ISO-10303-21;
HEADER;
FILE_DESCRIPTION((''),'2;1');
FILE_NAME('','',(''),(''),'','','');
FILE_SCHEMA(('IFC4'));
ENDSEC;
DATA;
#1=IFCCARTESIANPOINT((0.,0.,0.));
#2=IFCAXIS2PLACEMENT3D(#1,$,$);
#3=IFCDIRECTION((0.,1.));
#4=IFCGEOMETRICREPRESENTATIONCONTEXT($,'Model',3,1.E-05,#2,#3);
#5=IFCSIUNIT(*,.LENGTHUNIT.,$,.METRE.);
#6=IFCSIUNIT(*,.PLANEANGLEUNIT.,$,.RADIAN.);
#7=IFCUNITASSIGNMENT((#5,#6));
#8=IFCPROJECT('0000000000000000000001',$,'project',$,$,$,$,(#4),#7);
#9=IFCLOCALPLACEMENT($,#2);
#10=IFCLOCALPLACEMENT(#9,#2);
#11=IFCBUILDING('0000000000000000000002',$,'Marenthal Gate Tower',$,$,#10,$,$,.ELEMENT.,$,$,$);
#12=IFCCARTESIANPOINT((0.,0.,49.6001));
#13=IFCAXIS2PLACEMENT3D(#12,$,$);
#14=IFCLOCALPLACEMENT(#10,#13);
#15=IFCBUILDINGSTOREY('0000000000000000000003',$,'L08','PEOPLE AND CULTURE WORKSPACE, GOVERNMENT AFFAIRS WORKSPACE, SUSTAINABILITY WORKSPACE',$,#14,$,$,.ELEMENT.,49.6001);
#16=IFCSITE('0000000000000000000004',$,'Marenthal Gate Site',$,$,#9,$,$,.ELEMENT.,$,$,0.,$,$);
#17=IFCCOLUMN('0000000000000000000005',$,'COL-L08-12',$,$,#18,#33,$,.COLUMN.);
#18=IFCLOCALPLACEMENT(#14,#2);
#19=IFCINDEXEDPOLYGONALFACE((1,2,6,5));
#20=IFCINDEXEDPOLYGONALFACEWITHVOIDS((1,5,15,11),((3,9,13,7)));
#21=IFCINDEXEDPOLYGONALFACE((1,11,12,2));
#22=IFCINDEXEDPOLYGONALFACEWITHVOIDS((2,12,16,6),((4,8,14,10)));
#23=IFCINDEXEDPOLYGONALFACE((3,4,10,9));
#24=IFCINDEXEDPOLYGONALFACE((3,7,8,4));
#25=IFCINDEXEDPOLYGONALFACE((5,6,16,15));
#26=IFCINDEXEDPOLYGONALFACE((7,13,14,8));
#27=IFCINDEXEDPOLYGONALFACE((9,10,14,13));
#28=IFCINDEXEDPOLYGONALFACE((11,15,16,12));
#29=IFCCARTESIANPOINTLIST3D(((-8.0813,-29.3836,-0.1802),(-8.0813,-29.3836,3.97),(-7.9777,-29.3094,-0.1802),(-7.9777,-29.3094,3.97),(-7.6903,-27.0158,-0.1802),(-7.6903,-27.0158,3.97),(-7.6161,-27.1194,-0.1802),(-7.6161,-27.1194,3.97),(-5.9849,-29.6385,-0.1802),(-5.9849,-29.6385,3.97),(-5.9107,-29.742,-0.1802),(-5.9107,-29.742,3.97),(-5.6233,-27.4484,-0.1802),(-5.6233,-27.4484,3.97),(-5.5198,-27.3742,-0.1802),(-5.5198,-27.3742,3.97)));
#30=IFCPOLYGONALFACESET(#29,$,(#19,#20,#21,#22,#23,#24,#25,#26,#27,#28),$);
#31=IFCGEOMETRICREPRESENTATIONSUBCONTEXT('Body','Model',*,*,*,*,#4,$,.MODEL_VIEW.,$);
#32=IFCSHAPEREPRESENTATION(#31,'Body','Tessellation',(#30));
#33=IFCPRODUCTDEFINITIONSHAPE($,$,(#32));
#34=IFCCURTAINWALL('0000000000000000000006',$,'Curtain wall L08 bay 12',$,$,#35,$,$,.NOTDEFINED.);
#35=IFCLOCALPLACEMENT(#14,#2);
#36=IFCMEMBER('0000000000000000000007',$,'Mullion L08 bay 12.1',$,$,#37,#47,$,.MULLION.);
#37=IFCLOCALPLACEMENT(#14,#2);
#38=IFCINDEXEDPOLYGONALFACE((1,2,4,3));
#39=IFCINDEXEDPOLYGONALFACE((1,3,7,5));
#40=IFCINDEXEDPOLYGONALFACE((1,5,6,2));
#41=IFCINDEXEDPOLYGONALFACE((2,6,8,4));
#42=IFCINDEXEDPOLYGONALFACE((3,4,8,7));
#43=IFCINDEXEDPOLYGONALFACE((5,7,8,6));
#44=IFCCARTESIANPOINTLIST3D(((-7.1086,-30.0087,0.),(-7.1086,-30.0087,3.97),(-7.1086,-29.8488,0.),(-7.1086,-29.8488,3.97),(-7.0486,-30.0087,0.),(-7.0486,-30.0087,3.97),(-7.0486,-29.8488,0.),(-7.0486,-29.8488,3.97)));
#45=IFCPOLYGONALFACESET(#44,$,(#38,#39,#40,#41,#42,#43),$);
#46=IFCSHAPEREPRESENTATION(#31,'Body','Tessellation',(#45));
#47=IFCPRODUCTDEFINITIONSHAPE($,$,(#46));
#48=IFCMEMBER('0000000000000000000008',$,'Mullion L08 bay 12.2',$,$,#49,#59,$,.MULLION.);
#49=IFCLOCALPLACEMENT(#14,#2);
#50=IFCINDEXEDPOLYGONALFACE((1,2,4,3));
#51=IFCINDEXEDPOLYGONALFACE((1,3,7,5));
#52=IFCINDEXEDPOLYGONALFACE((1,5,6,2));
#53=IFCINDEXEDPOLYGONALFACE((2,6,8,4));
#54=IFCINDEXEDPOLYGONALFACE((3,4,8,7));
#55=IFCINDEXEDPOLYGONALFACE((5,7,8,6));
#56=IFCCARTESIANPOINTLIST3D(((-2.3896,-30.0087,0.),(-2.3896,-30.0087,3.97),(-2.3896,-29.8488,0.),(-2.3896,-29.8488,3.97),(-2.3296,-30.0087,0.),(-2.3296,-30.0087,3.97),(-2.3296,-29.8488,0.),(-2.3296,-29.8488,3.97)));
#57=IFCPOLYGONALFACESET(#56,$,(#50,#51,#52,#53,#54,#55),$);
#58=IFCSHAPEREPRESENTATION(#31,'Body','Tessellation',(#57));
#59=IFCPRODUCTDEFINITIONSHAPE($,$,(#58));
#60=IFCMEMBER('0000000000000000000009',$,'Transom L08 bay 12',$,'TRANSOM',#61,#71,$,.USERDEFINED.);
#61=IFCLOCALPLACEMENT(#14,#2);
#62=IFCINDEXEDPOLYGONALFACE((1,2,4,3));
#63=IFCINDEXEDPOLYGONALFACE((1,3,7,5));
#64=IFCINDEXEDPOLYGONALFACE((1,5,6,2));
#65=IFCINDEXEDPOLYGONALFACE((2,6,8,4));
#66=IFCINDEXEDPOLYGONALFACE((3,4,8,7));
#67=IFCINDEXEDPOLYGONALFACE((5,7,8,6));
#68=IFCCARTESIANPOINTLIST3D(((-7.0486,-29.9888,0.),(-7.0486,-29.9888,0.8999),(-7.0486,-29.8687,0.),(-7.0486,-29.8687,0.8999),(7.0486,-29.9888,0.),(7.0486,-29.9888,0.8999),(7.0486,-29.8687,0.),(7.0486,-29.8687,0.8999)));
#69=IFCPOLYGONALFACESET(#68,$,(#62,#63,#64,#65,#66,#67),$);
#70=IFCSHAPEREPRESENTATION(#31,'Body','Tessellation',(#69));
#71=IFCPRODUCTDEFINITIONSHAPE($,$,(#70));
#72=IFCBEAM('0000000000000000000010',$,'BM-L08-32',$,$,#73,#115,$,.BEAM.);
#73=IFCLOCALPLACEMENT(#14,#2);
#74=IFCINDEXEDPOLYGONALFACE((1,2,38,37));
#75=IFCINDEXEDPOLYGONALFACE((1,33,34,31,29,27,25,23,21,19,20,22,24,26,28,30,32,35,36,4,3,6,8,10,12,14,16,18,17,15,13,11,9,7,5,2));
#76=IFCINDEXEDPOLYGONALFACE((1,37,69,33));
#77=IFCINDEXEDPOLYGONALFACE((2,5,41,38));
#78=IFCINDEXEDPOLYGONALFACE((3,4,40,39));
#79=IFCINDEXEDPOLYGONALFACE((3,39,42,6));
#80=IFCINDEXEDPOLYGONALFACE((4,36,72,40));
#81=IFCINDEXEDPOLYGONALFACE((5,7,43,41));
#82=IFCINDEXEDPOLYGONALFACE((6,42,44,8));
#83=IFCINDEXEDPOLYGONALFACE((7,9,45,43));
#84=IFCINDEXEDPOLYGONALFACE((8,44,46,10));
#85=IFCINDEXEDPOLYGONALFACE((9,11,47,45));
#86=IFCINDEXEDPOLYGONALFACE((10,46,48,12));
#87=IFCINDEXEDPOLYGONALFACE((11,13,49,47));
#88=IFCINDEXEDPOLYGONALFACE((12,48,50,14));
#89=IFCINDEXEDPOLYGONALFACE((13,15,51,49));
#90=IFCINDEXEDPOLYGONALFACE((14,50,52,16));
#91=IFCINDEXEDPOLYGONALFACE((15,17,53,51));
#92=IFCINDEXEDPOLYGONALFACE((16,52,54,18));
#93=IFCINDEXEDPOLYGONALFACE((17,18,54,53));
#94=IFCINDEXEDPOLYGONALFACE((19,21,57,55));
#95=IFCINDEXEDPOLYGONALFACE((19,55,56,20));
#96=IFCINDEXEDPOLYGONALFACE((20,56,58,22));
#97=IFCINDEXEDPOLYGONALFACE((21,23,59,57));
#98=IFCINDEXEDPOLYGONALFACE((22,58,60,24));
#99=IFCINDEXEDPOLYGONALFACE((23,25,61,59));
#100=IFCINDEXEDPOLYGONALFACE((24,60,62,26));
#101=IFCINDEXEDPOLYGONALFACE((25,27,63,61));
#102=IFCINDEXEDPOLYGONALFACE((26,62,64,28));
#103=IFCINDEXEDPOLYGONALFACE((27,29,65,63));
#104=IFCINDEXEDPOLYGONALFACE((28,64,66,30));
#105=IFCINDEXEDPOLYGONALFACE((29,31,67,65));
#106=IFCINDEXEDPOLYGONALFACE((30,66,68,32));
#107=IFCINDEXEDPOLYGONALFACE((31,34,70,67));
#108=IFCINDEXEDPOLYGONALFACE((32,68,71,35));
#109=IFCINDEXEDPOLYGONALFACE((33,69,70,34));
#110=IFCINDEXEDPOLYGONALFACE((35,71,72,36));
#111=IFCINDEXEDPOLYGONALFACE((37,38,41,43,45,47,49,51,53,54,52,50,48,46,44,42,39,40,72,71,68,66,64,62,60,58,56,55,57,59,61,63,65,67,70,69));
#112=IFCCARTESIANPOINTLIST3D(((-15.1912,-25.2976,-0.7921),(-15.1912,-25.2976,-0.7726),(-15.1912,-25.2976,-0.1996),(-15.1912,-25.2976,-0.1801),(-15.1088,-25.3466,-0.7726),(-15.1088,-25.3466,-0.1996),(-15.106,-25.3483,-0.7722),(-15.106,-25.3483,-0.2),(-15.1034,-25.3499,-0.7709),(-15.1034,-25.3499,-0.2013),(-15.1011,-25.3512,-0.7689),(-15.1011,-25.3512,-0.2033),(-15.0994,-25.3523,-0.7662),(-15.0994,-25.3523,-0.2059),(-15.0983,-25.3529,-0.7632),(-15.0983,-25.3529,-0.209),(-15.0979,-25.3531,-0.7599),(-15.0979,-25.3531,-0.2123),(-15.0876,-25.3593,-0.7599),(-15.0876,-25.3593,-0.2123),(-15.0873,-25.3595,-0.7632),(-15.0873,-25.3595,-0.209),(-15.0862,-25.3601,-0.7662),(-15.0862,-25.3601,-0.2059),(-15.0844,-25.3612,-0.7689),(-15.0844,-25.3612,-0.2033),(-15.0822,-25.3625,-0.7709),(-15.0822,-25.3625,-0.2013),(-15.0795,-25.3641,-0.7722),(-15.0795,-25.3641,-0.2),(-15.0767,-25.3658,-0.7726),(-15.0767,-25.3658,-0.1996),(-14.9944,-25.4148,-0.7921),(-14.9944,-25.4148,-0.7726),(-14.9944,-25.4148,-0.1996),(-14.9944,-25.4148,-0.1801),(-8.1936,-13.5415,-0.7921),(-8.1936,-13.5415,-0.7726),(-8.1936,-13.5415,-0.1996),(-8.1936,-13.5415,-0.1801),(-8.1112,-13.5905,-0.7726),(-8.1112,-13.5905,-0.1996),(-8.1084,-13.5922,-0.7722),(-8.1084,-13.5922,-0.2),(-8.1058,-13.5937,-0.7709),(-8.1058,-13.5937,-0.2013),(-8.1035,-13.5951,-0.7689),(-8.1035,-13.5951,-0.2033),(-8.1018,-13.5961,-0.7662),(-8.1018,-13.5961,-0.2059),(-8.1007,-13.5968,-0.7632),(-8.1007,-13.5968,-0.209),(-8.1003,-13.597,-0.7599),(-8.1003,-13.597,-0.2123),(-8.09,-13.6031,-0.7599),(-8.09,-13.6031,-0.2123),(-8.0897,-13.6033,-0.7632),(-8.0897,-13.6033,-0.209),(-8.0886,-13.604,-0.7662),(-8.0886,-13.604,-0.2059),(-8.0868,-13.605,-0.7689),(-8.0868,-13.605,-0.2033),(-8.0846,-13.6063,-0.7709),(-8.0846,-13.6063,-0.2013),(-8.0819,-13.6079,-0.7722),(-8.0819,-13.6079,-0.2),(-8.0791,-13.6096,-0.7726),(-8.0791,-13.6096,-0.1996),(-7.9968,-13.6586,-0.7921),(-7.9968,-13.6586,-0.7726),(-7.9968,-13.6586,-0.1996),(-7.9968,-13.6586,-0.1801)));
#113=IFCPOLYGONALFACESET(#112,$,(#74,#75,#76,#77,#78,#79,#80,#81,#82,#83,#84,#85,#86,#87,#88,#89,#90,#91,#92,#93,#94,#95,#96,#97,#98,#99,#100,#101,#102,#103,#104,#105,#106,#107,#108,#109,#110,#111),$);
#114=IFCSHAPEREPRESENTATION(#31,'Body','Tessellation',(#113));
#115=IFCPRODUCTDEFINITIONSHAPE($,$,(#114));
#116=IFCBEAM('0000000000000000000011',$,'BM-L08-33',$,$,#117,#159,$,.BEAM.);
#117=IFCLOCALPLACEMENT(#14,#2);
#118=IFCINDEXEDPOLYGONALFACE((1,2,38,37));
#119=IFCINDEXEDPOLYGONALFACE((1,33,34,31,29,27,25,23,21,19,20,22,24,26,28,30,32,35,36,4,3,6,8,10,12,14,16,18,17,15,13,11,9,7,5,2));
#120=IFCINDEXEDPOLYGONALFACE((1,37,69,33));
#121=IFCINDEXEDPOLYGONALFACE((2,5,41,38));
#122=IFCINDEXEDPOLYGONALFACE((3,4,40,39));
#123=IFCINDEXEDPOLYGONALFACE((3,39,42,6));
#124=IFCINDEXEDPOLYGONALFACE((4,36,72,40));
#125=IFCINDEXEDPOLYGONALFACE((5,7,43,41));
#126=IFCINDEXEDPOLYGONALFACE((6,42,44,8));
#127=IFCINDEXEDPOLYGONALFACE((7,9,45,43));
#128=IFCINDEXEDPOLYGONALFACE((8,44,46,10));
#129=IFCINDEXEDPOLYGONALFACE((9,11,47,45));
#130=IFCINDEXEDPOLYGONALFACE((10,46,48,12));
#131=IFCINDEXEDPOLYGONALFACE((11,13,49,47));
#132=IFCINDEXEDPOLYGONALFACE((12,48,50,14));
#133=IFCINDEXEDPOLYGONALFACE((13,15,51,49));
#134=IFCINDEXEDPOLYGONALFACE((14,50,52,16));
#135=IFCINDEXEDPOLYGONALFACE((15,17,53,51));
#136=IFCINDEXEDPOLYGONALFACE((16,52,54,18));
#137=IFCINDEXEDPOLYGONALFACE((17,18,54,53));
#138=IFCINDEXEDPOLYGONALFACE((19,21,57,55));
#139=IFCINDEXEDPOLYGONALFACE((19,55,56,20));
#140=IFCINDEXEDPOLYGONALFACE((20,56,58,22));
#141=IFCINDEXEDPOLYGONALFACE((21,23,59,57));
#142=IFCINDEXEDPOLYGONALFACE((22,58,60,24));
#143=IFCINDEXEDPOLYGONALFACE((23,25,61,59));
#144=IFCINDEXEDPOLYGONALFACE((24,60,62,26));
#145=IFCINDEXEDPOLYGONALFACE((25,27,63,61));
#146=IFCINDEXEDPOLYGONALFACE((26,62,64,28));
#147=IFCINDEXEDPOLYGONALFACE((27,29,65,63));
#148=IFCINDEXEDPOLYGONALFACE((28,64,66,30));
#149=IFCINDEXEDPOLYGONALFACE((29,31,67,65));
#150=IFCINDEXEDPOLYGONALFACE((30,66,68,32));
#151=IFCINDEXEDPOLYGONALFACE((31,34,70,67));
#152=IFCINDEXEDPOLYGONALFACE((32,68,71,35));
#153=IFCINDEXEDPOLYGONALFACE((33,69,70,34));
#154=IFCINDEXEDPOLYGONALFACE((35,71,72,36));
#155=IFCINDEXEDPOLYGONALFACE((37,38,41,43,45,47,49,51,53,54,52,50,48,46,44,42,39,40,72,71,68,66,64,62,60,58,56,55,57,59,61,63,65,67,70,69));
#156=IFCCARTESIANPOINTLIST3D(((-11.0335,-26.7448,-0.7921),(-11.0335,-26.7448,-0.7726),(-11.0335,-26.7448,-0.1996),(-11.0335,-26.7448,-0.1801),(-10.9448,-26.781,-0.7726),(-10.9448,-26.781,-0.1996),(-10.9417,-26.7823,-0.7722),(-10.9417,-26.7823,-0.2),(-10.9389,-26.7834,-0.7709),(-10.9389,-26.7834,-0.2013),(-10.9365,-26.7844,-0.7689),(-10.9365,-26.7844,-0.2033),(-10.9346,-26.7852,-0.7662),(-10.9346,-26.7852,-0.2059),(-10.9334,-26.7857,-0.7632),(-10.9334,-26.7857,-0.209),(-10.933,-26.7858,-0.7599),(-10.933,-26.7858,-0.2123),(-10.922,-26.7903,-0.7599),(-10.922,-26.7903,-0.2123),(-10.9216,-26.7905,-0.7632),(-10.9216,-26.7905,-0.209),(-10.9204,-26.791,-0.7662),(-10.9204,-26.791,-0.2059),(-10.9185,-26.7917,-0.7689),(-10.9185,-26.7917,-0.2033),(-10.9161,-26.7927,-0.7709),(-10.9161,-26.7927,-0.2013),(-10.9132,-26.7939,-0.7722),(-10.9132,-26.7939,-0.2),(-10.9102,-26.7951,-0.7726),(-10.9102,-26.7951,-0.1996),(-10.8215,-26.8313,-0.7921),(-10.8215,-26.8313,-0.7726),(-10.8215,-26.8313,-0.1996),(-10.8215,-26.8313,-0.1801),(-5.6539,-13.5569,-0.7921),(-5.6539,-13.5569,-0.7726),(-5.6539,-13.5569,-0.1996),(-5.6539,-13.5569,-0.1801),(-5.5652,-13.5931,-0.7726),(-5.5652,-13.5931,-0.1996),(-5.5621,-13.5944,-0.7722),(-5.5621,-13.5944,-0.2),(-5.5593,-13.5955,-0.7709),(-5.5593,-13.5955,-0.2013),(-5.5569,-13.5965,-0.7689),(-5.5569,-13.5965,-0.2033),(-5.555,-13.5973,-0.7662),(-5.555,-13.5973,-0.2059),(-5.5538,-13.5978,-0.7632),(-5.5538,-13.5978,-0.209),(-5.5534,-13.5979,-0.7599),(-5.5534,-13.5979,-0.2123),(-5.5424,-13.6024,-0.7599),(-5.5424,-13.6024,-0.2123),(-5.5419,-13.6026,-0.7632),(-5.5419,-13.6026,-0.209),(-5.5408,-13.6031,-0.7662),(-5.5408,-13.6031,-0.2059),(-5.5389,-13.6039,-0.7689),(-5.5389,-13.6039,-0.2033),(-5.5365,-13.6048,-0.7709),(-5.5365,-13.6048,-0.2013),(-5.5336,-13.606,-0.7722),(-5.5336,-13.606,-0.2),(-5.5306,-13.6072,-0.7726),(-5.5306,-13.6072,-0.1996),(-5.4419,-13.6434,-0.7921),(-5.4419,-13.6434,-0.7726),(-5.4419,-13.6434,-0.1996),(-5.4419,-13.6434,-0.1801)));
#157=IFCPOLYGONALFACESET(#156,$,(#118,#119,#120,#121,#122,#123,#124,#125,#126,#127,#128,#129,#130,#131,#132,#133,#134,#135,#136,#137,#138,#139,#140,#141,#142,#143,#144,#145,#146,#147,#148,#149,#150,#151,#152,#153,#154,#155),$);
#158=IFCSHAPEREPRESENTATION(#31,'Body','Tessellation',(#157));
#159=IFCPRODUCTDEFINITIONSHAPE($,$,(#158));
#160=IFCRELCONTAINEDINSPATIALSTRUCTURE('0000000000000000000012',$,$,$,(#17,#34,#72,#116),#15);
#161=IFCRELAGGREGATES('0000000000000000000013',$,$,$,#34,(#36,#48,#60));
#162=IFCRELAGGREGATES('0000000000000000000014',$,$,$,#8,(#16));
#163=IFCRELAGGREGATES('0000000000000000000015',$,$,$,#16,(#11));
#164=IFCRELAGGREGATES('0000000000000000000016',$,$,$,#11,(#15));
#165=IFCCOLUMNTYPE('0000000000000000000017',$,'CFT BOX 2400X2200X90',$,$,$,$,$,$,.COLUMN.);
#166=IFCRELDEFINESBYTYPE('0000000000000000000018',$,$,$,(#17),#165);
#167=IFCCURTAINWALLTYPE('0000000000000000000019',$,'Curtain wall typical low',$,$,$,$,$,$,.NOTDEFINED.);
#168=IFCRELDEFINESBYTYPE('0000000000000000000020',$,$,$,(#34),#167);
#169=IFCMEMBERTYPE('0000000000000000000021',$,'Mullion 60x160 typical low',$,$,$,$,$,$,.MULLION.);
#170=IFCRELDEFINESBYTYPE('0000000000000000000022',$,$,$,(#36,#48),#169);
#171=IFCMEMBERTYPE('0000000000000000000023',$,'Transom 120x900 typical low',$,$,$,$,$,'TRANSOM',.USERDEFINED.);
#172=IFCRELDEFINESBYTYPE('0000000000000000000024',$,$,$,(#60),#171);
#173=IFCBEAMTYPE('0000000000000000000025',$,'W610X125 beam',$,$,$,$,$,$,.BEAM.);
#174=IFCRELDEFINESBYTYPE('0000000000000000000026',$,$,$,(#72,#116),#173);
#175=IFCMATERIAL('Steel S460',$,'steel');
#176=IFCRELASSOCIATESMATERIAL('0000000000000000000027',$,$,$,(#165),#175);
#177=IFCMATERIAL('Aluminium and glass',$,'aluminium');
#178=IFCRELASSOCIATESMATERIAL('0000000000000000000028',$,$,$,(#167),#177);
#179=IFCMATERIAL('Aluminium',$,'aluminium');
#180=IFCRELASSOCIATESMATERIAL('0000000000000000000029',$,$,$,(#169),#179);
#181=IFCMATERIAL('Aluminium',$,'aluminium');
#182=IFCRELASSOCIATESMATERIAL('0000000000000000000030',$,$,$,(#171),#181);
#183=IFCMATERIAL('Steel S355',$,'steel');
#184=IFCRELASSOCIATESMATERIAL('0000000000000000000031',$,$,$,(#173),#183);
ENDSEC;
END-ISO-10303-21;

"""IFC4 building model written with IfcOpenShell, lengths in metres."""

from ifc_helpers import new_model, si_unit, direction, frame, origin, origin_2d, place, context, subcontext, project, spatial, rectangle, hollow_rectangle, i_section, extrude, material, material_profile, profile_set, type_object, element, aggregate, save


model = new_model("IFC4")

# Units and contexts
model_context = context("Model", 3, precision=1e-05, world=origin(), true_north=direction((0.0, 1.0)))
body_context = subcontext(model_context, "Body", "Model", "MODEL_VIEW")
ifc_project = project(units=[si_unit("LENGTHUNIT", "METRE"), si_unit("PLANEANGLEUNIT", "RADIAN")], contexts=[model_context])

# Site, building, storey
site_placement = place(None, origin())
site = spatial("IfcSite", under=ifc_project, at=site_placement, Name="Marenthal Gate Site", CompositionType="ELEMENT", RefElevation=0.0)
building_placement = place(site_placement, origin())
building = spatial("IfcBuilding", under=site, at=building_placement, Name="Marenthal Gate Tower", CompositionType="ELEMENT")
storey_placement = place(building_placement, frame((0.0, 0.0, 49.6001)))
storey = spatial("IfcBuildingStorey", under=building, at=storey_placement, Name="L08", Description="PEOPLE AND CULTURE WORKSPACE, GOVERNMENT AFFAIRS WORKSPACE, SUSTAINABILITY WORKSPACE", CompositionType="ELEMENT", Elevation=49.6001)

# Column
ifc_material_1 = material(Name="Steel S460", Category="steel")
ifc_material_profile_1 = material_profile(ifc_material_1, hollow_rectangle(XDim=2.2, YDim=2.3999, WallThickness=0.0901, at=origin_2d()), Name="CFT BOX 2400X2200X90")
ifc_material_2 = material(Name="Concrete 70 MPa", Category="concrete")
ifc_material_profile_2 = material_profile(ifc_material_2, rectangle(XDim=2.02, YDim=2.22, at=origin_2d()), Name="CFT BOX 2400X2200X90 INFILL")
ifc_profile_set_1 = profile_set([ifc_material_profile_1, ifc_material_profile_2], Name="Steel S460 shell, Concrete 70 MPa infill")
column_type = type_object("IfcColumnType", Name="CFT BOX 2400X2200X90", PredefinedType="COLUMN", material=ifc_profile_set_1)
column_placement = place(storey_placement, frame((-6.8005, -28.3789, -0.1802), z_axis=(0.0, 0.0, 1.0), x_axis=(-0.986641, 0.162908, 0.0)))
element("IfcColumn", 1, at=column_placement, inside=storey, type_object=column_type, Name="COL-L08-12", PredefinedType="COLUMN", context=body_context, shape_type="SweptSolid", body=[
    extrude(hollow_rectangle(XDim=2.2, YDim=2.3999, WallThickness=0.0901, at=origin_2d()), origin(), (0.0, 0.0, 1.0), 4.1501),
])

# Curtain wall, members
ifc_material_3 = material(Name="Aluminium and glass", Category="aluminium")
curtain_wall_type = type_object("IfcCurtainWallType", Name="Curtain wall typical low", PredefinedType="NOTDEFINED", material=ifc_material_3)
curtain_wall_placement = place(storey_placement, origin())
curtain_wall = element("IfcCurtainWall", 2, at=curtain_wall_placement, inside=storey, type_object=curtain_wall_type, Name="Curtain wall L08 bay 12", PredefinedType="NOTDEFINED")
ifc_material_4 = material(Name="Aluminium", Category="aluminium")
ifc_material_profile_3 = material_profile(ifc_material_4, rectangle(XDim=0.1599, YDim=0.0601, at=origin_2d()), Name="60x160 aluminium mullion")
ifc_profile_set_2 = profile_set([ifc_material_profile_3], Name="Aluminium")
member_type_1 = type_object("IfcMemberType", Name="Mullion 60x160 typical low", PredefinedType="MULLION", material=ifc_profile_set_2)
member_1_placement = place(storey_placement, frame((-7.0786, -29.9287, 0.0), z_axis=(0.0, 0.0, 1.0), x_axis=(0.0, 1.0, 0.0)))
member_1 = element("IfcMember", 3, at=member_1_placement, type_object=member_type_1, Name="Mullion L08 bay 12.1", PredefinedType="MULLION", context=body_context, shape_type="SweptSolid", body=[
    extrude(rectangle(XDim=0.1599, YDim=0.0601, at=origin_2d()), origin(), (0.0, 0.0, 1.0), 3.97),
])
member_2_placement = place(storey_placement, frame((-2.3596, -29.9287, 0.0), z_axis=(0.0, 0.0, 1.0), x_axis=(0.0, 1.0, 0.0)))
member_2 = element("IfcMember", 4, at=member_2_placement, type_object=member_type_1, Name="Mullion L08 bay 12.2", PredefinedType="MULLION", context=body_context, shape_type="SweptSolid", body=[
    extrude(rectangle(XDim=0.1599, YDim=0.0601, at=origin_2d()), origin(), (0.0, 0.0, 1.0), 3.97),
])
ifc_material_5 = material(Name="Aluminium", Category="aluminium")
ifc_material_profile_4 = material_profile(ifc_material_5, rectangle(XDim=0.1201, YDim=0.8999, at=origin_2d()), Name="120x900 aluminium transom")
ifc_profile_set_3 = profile_set([ifc_material_profile_4], Name="Aluminium")
member_type_2 = type_object("IfcMemberType", Name="Transom 120x900 typical low", ElementType="TRANSOM", PredefinedType="USERDEFINED", material=ifc_profile_set_3)
member_3_placement = place(storey_placement, frame((-7.0486, -29.9287, 0.45), z_axis=(1.0, 0.0, 0.0), x_axis=(0.0, 1.0, 0.0)))
member_3 = element("IfcMember", 5, at=member_3_placement, type_object=member_type_2, Name="Transom L08 bay 12", ObjectType="TRANSOM", PredefinedType="USERDEFINED", context=body_context, shape_type="SweptSolid", body=[
    extrude(rectangle(XDim=0.1201, YDim=0.8999, at=origin_2d()), origin(), (0.0, 0.0, 1.0), 14.0972),
])

# Beams
ifc_material_6 = material(Name="Steel S355", Category="steel")
ifc_material_profile_5 = material_profile(ifc_material_6, i_section(OverallWidth=0.229, OverallDepth=0.6121, WebThickness=0.012, FlangeThickness=0.0195, FilletRadius=0.0127, at=origin_2d()), Name="W610X125")
ifc_profile_set_4 = profile_set([ifc_material_profile_5], Name="Steel S355")
beam_type_1 = type_object("IfcBeamType", Name="W610X125 beam", PredefinedType="BEAM", material=ifc_profile_set_4)
beam_1_placement = place(storey_placement, frame((-15.0928, -25.3562, -0.4861), z_axis=(0.511477, 0.859297, 0.0), x_axis=(-0.859297, 0.511477, 0.0)))
element("IfcBeam", 6, at=beam_1_placement, inside=storey, type_object=beam_type_1, Name="BM-L08-32", PredefinedType="BEAM", context=body_context, shape_type="SweptSolid", body=[
    extrude(i_section(OverallWidth=0.229, OverallDepth=0.6121, WebThickness=0.012, FlangeThickness=0.0195, FilletRadius=0.0127, at=origin_2d()), origin(), (0.0, 0.0, 1.0), 13.6812),
])
beam_2_placement = place(storey_placement, frame((-10.9275, -26.7881, -0.4861), z_axis=(0.377704, 0.925927, 0.0), x_axis=(-0.925927, 0.377704, 0.0)))
element("IfcBeam", 7, at=beam_2_placement, inside=storey, type_object=beam_type_1, Name="BM-L08-33", PredefinedType="BEAM", context=body_context, shape_type="SweptSolid", body=[
    extrude(i_section(OverallWidth=0.229, OverallDepth=0.6121, WebThickness=0.012, FlangeThickness=0.0195, FilletRadius=0.0127, at=origin_2d()), origin(), (0.0, 0.0, 1.0), 14.2429),
])

aggregate(curtain_wall, [member_1, member_2, member_3])

save(model, "model.ifc")
